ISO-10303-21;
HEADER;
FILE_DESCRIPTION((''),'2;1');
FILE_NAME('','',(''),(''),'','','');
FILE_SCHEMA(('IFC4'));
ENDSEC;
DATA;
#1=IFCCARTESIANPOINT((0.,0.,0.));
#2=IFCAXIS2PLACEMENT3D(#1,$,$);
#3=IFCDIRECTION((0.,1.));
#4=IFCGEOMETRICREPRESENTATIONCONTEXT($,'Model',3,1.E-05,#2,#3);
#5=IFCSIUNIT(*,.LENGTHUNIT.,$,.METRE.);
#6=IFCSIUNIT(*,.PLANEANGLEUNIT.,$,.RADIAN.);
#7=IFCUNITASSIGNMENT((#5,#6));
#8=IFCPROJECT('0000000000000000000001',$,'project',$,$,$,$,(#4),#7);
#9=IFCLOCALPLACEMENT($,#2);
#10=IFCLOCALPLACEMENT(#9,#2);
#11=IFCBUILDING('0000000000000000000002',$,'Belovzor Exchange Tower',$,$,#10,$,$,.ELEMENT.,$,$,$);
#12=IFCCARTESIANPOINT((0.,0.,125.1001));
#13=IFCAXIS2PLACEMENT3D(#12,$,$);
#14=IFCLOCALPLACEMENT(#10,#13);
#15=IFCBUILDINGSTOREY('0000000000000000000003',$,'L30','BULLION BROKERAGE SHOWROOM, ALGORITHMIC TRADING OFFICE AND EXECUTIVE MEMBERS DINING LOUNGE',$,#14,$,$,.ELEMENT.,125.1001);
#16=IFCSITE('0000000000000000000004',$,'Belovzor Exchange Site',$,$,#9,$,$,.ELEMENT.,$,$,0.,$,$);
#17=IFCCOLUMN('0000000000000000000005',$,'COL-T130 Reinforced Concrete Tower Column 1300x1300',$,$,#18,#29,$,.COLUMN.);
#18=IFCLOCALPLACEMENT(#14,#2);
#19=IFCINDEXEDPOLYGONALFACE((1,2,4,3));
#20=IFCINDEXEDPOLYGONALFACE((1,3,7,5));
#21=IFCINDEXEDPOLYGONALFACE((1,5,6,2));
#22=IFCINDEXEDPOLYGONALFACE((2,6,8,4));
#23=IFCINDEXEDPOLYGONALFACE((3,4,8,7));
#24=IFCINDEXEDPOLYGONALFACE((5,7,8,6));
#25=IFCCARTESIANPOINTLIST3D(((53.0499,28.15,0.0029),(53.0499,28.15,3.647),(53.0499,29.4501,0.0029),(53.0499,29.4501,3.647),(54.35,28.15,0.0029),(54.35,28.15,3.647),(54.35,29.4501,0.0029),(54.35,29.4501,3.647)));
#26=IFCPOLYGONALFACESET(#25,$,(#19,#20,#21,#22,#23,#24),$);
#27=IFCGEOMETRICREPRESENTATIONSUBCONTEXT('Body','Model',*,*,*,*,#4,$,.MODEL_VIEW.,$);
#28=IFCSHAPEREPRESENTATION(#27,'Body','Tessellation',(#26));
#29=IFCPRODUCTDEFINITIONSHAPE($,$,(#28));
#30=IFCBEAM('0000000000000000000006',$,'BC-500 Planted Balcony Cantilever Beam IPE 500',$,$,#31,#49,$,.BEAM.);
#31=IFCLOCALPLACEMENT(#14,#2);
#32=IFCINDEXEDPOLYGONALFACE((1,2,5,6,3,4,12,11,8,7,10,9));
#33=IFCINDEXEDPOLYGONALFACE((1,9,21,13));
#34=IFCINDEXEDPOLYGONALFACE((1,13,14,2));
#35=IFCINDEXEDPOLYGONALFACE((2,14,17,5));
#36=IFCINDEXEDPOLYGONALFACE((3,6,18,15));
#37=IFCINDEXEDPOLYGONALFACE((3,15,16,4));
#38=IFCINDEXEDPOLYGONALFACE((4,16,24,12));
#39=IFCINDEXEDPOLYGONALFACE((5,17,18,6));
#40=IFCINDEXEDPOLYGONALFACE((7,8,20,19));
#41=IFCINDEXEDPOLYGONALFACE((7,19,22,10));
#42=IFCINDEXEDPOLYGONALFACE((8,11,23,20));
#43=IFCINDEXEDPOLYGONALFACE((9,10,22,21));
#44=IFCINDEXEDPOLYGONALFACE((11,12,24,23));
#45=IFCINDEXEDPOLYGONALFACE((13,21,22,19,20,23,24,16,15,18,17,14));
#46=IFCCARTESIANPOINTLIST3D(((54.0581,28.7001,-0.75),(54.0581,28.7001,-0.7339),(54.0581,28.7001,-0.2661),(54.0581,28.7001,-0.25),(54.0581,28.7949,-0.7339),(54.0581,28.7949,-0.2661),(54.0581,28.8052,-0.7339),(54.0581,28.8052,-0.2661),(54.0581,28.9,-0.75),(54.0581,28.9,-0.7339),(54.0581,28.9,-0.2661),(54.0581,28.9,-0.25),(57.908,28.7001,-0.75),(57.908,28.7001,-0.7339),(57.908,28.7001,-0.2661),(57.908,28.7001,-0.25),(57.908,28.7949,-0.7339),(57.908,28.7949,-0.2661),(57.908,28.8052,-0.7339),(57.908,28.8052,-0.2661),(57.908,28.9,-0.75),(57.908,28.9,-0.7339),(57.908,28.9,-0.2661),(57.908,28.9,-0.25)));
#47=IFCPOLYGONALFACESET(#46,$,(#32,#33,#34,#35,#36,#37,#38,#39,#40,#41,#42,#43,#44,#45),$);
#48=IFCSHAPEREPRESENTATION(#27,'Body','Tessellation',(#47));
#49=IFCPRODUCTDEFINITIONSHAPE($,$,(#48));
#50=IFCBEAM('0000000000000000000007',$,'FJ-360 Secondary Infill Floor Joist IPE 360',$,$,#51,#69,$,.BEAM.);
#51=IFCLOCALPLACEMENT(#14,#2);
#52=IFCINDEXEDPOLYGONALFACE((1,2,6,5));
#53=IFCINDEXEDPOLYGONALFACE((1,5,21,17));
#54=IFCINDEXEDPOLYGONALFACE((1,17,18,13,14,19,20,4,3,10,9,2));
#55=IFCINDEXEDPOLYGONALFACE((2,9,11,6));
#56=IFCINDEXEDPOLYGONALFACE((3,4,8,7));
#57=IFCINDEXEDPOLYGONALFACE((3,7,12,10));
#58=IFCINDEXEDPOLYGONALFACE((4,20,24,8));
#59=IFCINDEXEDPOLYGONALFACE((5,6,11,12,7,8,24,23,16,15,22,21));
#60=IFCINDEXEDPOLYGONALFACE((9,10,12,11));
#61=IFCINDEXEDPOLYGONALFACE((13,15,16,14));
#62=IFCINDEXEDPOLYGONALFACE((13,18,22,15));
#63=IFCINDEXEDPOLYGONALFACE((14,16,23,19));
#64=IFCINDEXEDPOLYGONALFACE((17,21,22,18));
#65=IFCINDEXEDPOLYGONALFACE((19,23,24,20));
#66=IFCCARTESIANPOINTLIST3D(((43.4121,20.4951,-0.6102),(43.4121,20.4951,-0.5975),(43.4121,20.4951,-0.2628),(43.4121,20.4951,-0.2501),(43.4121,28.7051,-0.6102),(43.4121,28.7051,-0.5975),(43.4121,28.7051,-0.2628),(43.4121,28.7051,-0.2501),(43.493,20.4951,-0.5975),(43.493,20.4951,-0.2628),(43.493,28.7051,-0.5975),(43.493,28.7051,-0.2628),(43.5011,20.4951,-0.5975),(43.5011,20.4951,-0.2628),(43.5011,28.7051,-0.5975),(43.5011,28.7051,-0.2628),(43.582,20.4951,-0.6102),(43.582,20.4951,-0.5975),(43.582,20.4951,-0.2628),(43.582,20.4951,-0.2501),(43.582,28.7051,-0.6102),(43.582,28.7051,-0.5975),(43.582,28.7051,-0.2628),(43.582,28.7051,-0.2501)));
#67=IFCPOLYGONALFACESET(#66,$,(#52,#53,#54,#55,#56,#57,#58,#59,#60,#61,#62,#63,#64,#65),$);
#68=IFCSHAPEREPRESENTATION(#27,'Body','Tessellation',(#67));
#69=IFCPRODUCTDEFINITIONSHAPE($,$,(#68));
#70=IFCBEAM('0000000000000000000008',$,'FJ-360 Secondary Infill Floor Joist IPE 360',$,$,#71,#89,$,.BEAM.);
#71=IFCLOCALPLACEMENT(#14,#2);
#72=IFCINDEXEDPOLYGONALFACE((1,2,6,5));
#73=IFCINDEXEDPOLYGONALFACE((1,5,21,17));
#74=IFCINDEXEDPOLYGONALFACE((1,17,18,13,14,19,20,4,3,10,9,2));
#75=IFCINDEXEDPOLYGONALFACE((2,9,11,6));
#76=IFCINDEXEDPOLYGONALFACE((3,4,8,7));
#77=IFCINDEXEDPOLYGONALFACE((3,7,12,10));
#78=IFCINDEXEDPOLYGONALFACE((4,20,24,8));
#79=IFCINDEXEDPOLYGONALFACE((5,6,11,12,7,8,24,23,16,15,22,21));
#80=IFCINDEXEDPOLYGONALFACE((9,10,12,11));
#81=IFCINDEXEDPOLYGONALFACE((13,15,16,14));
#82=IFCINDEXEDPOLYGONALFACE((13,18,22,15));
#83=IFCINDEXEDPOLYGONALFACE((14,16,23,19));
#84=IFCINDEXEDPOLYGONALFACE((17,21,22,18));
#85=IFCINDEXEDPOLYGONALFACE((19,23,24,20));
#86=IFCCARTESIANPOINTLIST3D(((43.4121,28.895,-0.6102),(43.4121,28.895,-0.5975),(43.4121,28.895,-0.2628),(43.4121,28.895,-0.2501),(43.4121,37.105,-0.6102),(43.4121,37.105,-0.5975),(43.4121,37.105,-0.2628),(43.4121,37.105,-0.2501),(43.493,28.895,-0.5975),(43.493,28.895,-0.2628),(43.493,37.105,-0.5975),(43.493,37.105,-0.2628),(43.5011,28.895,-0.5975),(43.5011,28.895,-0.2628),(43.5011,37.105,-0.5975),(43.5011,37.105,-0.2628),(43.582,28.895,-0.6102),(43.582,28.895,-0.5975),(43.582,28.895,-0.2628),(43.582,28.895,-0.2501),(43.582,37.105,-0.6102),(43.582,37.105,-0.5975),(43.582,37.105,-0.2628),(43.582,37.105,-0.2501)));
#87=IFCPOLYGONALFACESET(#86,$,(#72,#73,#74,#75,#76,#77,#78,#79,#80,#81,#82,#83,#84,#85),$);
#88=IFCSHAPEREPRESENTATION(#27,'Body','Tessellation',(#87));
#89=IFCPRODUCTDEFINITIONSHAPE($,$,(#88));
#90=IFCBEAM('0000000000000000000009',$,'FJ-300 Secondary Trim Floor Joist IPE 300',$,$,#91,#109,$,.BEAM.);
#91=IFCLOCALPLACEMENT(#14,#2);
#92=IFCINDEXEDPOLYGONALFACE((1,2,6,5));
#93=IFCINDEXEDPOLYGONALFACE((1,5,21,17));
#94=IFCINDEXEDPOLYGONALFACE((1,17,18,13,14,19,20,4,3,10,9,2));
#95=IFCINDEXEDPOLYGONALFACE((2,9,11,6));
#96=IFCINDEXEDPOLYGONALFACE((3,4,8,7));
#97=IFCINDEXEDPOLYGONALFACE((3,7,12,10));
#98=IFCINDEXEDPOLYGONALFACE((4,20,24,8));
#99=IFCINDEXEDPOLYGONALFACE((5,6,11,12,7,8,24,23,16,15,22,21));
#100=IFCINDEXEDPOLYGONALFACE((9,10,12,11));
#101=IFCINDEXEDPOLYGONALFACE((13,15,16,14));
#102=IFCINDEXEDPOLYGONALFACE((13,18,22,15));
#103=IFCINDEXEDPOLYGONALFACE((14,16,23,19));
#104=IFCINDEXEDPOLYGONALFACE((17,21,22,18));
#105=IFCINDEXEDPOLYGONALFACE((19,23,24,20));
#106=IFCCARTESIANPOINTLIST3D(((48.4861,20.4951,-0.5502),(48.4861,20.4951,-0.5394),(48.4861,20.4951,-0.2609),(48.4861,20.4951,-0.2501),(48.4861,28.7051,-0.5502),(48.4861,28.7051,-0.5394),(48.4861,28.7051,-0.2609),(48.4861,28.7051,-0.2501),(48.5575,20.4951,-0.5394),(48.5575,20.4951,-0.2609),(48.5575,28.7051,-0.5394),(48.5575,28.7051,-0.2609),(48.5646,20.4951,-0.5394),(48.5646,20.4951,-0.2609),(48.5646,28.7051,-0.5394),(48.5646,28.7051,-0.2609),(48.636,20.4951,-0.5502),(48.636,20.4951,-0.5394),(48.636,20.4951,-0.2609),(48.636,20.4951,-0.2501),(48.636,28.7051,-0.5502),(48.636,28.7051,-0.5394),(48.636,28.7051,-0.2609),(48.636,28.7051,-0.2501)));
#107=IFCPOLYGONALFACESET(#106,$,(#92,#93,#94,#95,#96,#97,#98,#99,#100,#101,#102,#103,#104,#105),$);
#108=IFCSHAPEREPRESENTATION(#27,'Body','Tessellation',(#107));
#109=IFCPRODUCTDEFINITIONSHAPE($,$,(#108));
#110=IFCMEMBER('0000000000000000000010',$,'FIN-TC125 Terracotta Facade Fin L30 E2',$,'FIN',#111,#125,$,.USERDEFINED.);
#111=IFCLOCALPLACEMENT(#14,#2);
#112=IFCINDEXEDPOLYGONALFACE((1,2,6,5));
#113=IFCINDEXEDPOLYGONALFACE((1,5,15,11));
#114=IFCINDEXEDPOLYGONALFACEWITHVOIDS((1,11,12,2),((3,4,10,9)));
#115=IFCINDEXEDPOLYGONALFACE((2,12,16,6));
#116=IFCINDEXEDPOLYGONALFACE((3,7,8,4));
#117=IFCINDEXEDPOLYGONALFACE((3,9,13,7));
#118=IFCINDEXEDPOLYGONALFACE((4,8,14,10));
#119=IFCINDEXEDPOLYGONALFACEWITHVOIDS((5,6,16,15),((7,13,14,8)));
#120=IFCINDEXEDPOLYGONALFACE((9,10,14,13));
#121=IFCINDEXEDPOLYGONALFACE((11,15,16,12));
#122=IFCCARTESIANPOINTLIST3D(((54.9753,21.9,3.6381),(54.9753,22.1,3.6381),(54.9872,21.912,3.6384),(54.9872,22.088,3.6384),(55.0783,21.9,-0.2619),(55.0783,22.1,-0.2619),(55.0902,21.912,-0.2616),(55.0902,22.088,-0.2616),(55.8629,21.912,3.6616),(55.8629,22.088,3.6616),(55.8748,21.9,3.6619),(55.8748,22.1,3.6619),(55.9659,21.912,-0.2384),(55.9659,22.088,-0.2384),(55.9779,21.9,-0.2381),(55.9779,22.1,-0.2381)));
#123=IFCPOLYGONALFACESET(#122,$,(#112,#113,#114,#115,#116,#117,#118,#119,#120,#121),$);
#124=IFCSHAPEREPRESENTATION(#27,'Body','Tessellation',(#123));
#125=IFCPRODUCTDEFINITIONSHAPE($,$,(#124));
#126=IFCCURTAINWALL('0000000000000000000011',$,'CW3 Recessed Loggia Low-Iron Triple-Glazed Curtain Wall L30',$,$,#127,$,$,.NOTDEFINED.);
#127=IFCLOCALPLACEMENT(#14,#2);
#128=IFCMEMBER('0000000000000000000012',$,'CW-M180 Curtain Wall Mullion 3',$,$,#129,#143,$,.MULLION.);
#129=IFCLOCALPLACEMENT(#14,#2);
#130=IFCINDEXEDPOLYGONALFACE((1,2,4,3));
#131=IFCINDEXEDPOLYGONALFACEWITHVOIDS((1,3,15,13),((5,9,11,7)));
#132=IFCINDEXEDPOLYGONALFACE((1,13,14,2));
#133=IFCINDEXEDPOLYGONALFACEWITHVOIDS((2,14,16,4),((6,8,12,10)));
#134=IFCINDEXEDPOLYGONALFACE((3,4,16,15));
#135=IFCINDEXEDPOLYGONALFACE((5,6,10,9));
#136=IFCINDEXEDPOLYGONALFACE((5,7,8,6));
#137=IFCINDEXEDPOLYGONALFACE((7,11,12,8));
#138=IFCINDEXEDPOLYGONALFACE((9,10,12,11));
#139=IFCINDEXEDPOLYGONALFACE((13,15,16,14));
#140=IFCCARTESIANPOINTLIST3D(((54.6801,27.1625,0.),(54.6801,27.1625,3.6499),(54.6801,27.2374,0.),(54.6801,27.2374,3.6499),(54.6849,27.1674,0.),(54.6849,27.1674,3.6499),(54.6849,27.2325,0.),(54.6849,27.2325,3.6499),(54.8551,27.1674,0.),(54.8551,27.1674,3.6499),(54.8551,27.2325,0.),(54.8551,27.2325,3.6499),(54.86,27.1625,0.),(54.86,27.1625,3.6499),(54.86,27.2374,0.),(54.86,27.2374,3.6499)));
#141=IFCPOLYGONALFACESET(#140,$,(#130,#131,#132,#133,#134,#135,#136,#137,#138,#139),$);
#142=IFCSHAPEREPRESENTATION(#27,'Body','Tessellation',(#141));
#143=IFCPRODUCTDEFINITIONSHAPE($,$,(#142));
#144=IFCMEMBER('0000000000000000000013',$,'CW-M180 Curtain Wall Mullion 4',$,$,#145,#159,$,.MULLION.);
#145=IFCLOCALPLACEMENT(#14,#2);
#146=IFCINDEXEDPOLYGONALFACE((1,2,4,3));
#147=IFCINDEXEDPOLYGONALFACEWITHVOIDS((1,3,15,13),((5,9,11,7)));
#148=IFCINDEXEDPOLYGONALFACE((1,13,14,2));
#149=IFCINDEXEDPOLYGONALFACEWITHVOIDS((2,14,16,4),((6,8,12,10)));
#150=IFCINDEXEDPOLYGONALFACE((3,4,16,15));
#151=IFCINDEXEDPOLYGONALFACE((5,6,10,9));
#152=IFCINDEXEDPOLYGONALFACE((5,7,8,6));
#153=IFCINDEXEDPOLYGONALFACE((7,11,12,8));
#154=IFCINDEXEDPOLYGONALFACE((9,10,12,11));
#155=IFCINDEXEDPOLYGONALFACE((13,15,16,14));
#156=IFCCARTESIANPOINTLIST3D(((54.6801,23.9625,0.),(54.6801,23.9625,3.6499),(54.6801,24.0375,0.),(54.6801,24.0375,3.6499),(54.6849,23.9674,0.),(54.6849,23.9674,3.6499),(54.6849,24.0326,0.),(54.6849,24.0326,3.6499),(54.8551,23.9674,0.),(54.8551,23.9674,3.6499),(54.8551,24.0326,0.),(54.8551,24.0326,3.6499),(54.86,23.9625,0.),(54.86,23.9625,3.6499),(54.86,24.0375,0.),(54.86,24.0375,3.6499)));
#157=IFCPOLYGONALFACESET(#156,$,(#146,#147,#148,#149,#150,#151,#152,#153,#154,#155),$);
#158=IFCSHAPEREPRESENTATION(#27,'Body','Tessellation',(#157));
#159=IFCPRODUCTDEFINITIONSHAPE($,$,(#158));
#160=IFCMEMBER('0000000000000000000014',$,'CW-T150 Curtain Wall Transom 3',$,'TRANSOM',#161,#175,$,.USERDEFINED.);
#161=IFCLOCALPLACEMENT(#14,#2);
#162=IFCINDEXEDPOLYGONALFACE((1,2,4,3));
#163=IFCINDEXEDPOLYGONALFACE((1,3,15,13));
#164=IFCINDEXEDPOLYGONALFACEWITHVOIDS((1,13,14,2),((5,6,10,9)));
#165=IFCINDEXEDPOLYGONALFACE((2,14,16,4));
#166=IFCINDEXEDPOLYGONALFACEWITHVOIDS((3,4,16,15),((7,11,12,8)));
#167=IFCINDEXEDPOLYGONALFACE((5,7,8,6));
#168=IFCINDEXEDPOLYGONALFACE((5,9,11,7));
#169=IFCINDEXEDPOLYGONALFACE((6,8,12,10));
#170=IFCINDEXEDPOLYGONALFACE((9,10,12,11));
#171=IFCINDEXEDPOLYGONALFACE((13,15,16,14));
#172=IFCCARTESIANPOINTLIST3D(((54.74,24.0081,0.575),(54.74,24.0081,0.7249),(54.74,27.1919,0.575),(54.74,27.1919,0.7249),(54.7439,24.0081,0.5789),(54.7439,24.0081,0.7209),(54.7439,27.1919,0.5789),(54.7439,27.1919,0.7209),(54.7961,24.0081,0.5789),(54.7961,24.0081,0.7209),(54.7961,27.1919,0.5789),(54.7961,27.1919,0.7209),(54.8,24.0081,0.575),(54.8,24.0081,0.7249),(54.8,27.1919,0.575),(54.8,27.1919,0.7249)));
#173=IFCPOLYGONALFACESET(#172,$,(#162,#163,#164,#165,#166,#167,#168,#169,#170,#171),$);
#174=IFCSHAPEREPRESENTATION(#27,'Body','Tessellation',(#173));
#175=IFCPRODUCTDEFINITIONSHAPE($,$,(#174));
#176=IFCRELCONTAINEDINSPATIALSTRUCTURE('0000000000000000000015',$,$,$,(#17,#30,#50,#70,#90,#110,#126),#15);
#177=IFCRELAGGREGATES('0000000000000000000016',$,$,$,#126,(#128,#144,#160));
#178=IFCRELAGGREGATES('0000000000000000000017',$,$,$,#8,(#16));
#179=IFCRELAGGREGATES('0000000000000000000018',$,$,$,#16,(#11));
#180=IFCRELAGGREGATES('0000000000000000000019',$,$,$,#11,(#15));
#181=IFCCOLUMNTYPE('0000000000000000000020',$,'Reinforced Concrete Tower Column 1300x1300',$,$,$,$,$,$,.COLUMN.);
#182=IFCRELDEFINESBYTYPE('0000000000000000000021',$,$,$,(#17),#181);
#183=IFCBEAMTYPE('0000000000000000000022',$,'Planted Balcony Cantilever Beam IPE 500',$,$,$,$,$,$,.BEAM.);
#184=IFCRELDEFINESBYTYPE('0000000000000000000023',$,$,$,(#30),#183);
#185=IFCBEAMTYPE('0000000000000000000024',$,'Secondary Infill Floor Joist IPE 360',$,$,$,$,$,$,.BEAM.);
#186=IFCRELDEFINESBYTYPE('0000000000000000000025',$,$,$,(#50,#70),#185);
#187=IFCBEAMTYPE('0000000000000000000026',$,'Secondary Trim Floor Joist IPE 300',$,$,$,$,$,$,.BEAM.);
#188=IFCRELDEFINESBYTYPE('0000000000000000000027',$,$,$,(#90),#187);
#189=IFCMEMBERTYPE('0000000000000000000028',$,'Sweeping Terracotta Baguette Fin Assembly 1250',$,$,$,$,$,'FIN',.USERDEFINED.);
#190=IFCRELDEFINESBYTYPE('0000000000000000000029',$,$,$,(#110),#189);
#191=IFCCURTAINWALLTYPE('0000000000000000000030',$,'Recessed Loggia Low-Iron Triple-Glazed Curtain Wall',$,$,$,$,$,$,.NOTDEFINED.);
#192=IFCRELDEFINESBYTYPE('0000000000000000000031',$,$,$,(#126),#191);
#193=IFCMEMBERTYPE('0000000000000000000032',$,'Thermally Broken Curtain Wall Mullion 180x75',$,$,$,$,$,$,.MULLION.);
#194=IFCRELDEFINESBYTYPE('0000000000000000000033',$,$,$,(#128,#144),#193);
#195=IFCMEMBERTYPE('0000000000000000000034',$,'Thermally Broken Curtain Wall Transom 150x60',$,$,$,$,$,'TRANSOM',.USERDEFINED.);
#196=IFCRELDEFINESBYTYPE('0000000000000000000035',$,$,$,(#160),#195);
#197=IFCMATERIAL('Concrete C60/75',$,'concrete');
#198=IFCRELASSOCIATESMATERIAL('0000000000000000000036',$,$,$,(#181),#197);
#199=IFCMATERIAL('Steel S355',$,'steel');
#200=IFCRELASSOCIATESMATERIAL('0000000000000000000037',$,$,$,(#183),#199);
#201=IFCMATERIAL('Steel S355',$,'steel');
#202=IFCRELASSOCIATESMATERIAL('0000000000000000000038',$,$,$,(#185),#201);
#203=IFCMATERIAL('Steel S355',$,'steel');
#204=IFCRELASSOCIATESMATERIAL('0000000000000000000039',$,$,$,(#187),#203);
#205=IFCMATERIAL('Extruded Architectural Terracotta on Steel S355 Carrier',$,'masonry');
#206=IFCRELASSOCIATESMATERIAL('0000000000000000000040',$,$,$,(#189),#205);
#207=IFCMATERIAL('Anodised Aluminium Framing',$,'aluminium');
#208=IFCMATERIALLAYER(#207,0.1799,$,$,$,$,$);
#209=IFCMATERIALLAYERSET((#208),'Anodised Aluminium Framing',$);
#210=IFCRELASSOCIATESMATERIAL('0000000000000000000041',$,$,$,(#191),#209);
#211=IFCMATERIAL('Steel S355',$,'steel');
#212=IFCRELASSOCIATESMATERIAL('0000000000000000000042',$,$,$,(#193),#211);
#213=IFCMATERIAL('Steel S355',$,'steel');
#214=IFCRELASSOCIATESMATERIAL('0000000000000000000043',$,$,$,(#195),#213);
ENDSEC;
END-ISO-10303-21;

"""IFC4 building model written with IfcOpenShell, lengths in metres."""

from ifc_helpers import new_model, si_unit, direction, frame, origin, origin_2d, place, context, subcontext, project, spatial, rectangle, hollow_rectangle, i_section, extrude, material, layer, layer_set, material_profile, profile_set, type_object, element, aggregate, save


model = new_model("IFC4")

# Units and contexts
model_context = context("Model", 3, precision=1e-05, world=origin(), true_north=direction((0.0, 1.0)))
body_context = subcontext(model_context, "Body", "Model", "MODEL_VIEW")
ifc_project = project(units=[si_unit("LENGTHUNIT", "METRE"), si_unit("PLANEANGLEUNIT", "RADIAN")], contexts=[model_context])

# Site, building, storey
site_placement = place(None, origin())
site = spatial("IfcSite", under=ifc_project, at=site_placement, Name="Belovzor Exchange Site", CompositionType="ELEMENT", RefElevation=0.0)
building_placement = place(site_placement, origin())
building = spatial("IfcBuilding", under=site, at=building_placement, Name="Belovzor Exchange Tower", CompositionType="ELEMENT")
storey_placement = place(building_placement, frame((0.0, 0.0, 125.1001)))
storey = spatial("IfcBuildingStorey", under=building, at=storey_placement, Name="L30", Description="BULLION BROKERAGE SHOWROOM, ALGORITHMIC TRADING OFFICE AND EXECUTIVE MEMBERS DINING LOUNGE", CompositionType="ELEMENT", Elevation=125.1001)

# Column
ifc_material_1 = material(Name="Concrete C60/75", Category="concrete")
ifc_material_profile_1 = material_profile(ifc_material_1, rectangle(XDim=1.3, YDim=1.3, at=origin_2d()))
ifc_profile_set_1 = profile_set([ifc_material_profile_1], Name="Concrete C60/75")
column_type = type_object("IfcColumnType", Name="Reinforced Concrete Tower Column 1300x1300", PredefinedType="COLUMN", material=ifc_profile_set_1)
column_placement = place(storey_placement, frame((53.7, 28.8, 0.0029), z_axis=(0.0, 0.0, 1.0), x_axis=(1.0, 0.0, 0.0)))
element("IfcColumn", 1, at=column_placement, inside=storey, type_object=column_type, Name="COL-T130 Reinforced Concrete Tower Column 1300x1300", PredefinedType="COLUMN", context=body_context, shape_type="SweptSolid", body=[
    extrude(rectangle(XDim=1.3, YDim=1.3, at=origin_2d()), origin(), (0.0, 0.0, 1.0), 3.644),
])

# Beams
ifc_material_2 = material(Name="Steel S355", Category="steel")
ifc_material_profile_2 = material_profile(ifc_material_2, i_section(OverallWidth=0.2, OverallDepth=0.5, WebThickness=0.0103, FlangeThickness=0.0161, at=origin_2d()))
ifc_profile_set_2 = profile_set([ifc_material_profile_2], Name="Steel S355")
beam_type_1 = type_object("IfcBeamType", Name="Planted Balcony Cantilever Beam IPE 500", PredefinedType="BEAM", material=ifc_profile_set_2)
beam_1_placement = place(storey_placement, frame((54.0581, 28.8, -0.5), z_axis=(1.0, 0.0, 0.0), x_axis=(0.0, 1.0, 0.0)))
element("IfcBeam", 2, at=beam_1_placement, inside=storey, type_object=beam_type_1, Name="BC-500 Planted Balcony Cantilever Beam IPE 500", PredefinedType="BEAM", context=body_context, shape_type="SweptSolid", body=[
    extrude(i_section(OverallWidth=0.2, OverallDepth=0.5, WebThickness=0.0103, FlangeThickness=0.0161, at=origin_2d()), origin(), (0.0, 0.0, 1.0), 3.8499),
])
ifc_material_3 = material(Name="Steel S355", Category="steel")
ifc_material_profile_3 = material_profile(ifc_material_3, i_section(OverallWidth=0.1699, OverallDepth=0.3601, WebThickness=0.0081, FlangeThickness=0.0127, at=origin_2d()))
ifc_profile_set_3 = profile_set([ifc_material_profile_3], Name="Steel S355")
beam_type_2 = type_object("IfcBeamType", Name="Secondary Infill Floor Joist IPE 360", PredefinedType="BEAM", material=ifc_profile_set_3)
for number, where, z_axis, x_axis, name in (
    (3, (43.4971, 20.4951, -0.4302), (0.0, 1.0, 0.0), (-1.0, 0.0, 0.0), "FJ-360 Secondary Infill Floor Joist IPE 360"),
    (4, (43.4971, 28.895, -0.4302), (0.0, 1.0, 0.0), (-1.0, 0.0, 0.0), "FJ-360 Secondary Infill Floor Joist IPE 360"),
):
    element("IfcBeam", number, at=place(storey_placement, frame(where, z_axis=z_axis, x_axis=x_axis)), inside=storey, type_object=beam_type_2, Name=name, PredefinedType="BEAM", context=body_context, shape_type="SweptSolid", body=[
        extrude(i_section(OverallWidth=0.1699, OverallDepth=0.3601, WebThickness=0.0081, FlangeThickness=0.0127, at=origin_2d()), origin(), (0.0, 0.0, 1.0), 8.21),
    ])
ifc_material_4 = material(Name="Steel S355", Category="steel")
ifc_material_profile_4 = material_profile(ifc_material_4, i_section(OverallWidth=0.1499, OverallDepth=0.3, WebThickness=0.0071, FlangeThickness=0.0107, at=origin_2d()))
ifc_profile_set_4 = profile_set([ifc_material_profile_4], Name="Steel S355")
beam_type_3 = type_object("IfcBeamType", Name="Secondary Trim Floor Joist IPE 300", PredefinedType="BEAM", material=ifc_profile_set_4)
beam_2_placement = place(storey_placement, frame((48.561, 20.4951, -0.4001), z_axis=(0.0, 1.0, 0.0), x_axis=(-1.0, 0.0, 0.0)))
element("IfcBeam", 5, at=beam_2_placement, inside=storey, type_object=beam_type_3, Name="FJ-300 Secondary Trim Floor Joist IPE 300", PredefinedType="BEAM", context=body_context, shape_type="SweptSolid", body=[
    extrude(i_section(OverallWidth=0.1499, OverallDepth=0.3, WebThickness=0.0071, FlangeThickness=0.0107, at=origin_2d()), origin(), (0.0, 0.0, 1.0), 8.21),
])

# Member
ifc_material_5 = material(Name="Extruded Architectural Terracotta on Steel S355 Carrier", Category="masonry")
ifc_material_profile_5 = material_profile(ifc_material_5, hollow_rectangle(XDim=0.2, YDim=0.8999, WallThickness=0.012, at=origin_2d()))
ifc_profile_set_5 = profile_set([ifc_material_profile_5], Name="Extruded Architectural Terracotta on Steel S355 Carrier")
member_type_1 = type_object("IfcMemberType", Name="Sweeping Terracotta Baguette Fin Assembly 1250", ElementType="FIN", PredefinedType="USERDEFINED", material=ifc_profile_set_5)
member_1_placement = place(storey_placement, frame((55.5281, 22.0, -0.25), z_axis=(-0.026409, 0.0, 0.999651), x_axis=(0.0, -1.0, 0.0)))
element("IfcMember", 6, at=member_1_placement, inside=storey, type_object=member_type_1, Name="FIN-TC125 Terracotta Facade Fin L30 E2", ObjectType="FIN", PredefinedType="USERDEFINED", context=body_context, shape_type="SweptSolid", body=[
    extrude(hollow_rectangle(XDim=0.2, YDim=0.8999, WallThickness=0.012, at=origin_2d()), origin(), (0.0, 0.0, 1.0), 3.9014),
])

# Curtain wall, members
ifc_material_6 = material(Name="Anodised Aluminium Framing", Category="aluminium")
ifc_layer_1 = layer(ifc_material_6, 0.1799)
ifc_layer_set_1 = layer_set([ifc_layer_1], Name="Anodised Aluminium Framing")
curtain_wall_type = type_object("IfcCurtainWallType", Name="Recessed Loggia Low-Iron Triple-Glazed Curtain Wall", PredefinedType="NOTDEFINED", material=ifc_layer_set_1)
curtain_wall_placement = place(storey_placement, origin())
curtain_wall = element("IfcCurtainWall", 7, at=curtain_wall_placement, inside=storey, type_object=curtain_wall_type, Name="CW3 Recessed Loggia Low-Iron Triple-Glazed Curtain Wall L30", PredefinedType="NOTDEFINED")
ifc_material_7 = material(Name="Steel S355", Category="steel")
ifc_material_profile_6 = material_profile(ifc_material_7, hollow_rectangle(XDim=0.075, YDim=0.1799, WallThickness=0.0049, at=origin_2d()))
ifc_profile_set_6 = profile_set([ifc_material_profile_6], Name="Steel S355")
member_type_2 = type_object("IfcMemberType", Name="Thermally Broken Curtain Wall Mullion 180x75", PredefinedType="MULLION", material=ifc_profile_set_6)
member_2_placement = place(storey_placement, frame((54.77, 27.2, 0.0), z_axis=(0.0, 0.0, 1.0), x_axis=(0.0, -1.0, 0.0)))
member_2 = element("IfcMember", 8, at=member_2_placement, type_object=member_type_2, Name="CW-M180 Curtain Wall Mullion 3", PredefinedType="MULLION", context=body_context, shape_type="SweptSolid", body=[
    extrude(hollow_rectangle(XDim=0.075, YDim=0.1799, WallThickness=0.0049, at=origin_2d()), origin(), (0.0, 0.0, 1.0), 3.6499),
])
member_3_placement = place(storey_placement, frame((54.77, 24.0, 0.0), z_axis=(0.0, 0.0, 1.0), x_axis=(0.0, -1.0, 0.0)))
member_3 = element("IfcMember", 9, at=member_3_placement, type_object=member_type_2, Name="CW-M180 Curtain Wall Mullion 4", PredefinedType="MULLION", context=body_context, shape_type="SweptSolid", body=[
    extrude(hollow_rectangle(XDim=0.075, YDim=0.1799, WallThickness=0.0049, at=origin_2d()), origin(), (0.0, 0.0, 1.0), 3.6499),
])
ifc_material_8 = material(Name="Steel S355", Category="steel")
ifc_material_profile_7 = material_profile(ifc_material_8, hollow_rectangle(XDim=0.0601, YDim=0.1499, WallThickness=0.0039, at=origin_2d()))
ifc_profile_set_7 = profile_set([ifc_material_profile_7], Name="Steel S355")
member_type_3 = type_object("IfcMemberType", Name="Thermally Broken Curtain Wall Transom 150x60", ElementType="TRANSOM", PredefinedType="USERDEFINED", material=ifc_profile_set_7)
member_4_placement = place(storey_placement, frame((54.77, 27.1919, 0.6499), z_axis=(0.0, -1.0, 0.0), x_axis=(1.0, 0.0, 0.0)))
member_4 = element("IfcMember", 10, at=member_4_placement, type_object=member_type_3, Name="CW-T150 Curtain Wall Transom 3", ObjectType="TRANSOM", PredefinedType="USERDEFINED", context=body_context, shape_type="SweptSolid", body=[
    extrude(hollow_rectangle(XDim=0.0601, YDim=0.1499, WallThickness=0.0039, at=origin_2d()), origin(), (0.0, 0.0, 1.0), 3.1838),
])

aggregate(curtain_wall, [member_2, member_3, member_4])

save(model, "model.ifc")
